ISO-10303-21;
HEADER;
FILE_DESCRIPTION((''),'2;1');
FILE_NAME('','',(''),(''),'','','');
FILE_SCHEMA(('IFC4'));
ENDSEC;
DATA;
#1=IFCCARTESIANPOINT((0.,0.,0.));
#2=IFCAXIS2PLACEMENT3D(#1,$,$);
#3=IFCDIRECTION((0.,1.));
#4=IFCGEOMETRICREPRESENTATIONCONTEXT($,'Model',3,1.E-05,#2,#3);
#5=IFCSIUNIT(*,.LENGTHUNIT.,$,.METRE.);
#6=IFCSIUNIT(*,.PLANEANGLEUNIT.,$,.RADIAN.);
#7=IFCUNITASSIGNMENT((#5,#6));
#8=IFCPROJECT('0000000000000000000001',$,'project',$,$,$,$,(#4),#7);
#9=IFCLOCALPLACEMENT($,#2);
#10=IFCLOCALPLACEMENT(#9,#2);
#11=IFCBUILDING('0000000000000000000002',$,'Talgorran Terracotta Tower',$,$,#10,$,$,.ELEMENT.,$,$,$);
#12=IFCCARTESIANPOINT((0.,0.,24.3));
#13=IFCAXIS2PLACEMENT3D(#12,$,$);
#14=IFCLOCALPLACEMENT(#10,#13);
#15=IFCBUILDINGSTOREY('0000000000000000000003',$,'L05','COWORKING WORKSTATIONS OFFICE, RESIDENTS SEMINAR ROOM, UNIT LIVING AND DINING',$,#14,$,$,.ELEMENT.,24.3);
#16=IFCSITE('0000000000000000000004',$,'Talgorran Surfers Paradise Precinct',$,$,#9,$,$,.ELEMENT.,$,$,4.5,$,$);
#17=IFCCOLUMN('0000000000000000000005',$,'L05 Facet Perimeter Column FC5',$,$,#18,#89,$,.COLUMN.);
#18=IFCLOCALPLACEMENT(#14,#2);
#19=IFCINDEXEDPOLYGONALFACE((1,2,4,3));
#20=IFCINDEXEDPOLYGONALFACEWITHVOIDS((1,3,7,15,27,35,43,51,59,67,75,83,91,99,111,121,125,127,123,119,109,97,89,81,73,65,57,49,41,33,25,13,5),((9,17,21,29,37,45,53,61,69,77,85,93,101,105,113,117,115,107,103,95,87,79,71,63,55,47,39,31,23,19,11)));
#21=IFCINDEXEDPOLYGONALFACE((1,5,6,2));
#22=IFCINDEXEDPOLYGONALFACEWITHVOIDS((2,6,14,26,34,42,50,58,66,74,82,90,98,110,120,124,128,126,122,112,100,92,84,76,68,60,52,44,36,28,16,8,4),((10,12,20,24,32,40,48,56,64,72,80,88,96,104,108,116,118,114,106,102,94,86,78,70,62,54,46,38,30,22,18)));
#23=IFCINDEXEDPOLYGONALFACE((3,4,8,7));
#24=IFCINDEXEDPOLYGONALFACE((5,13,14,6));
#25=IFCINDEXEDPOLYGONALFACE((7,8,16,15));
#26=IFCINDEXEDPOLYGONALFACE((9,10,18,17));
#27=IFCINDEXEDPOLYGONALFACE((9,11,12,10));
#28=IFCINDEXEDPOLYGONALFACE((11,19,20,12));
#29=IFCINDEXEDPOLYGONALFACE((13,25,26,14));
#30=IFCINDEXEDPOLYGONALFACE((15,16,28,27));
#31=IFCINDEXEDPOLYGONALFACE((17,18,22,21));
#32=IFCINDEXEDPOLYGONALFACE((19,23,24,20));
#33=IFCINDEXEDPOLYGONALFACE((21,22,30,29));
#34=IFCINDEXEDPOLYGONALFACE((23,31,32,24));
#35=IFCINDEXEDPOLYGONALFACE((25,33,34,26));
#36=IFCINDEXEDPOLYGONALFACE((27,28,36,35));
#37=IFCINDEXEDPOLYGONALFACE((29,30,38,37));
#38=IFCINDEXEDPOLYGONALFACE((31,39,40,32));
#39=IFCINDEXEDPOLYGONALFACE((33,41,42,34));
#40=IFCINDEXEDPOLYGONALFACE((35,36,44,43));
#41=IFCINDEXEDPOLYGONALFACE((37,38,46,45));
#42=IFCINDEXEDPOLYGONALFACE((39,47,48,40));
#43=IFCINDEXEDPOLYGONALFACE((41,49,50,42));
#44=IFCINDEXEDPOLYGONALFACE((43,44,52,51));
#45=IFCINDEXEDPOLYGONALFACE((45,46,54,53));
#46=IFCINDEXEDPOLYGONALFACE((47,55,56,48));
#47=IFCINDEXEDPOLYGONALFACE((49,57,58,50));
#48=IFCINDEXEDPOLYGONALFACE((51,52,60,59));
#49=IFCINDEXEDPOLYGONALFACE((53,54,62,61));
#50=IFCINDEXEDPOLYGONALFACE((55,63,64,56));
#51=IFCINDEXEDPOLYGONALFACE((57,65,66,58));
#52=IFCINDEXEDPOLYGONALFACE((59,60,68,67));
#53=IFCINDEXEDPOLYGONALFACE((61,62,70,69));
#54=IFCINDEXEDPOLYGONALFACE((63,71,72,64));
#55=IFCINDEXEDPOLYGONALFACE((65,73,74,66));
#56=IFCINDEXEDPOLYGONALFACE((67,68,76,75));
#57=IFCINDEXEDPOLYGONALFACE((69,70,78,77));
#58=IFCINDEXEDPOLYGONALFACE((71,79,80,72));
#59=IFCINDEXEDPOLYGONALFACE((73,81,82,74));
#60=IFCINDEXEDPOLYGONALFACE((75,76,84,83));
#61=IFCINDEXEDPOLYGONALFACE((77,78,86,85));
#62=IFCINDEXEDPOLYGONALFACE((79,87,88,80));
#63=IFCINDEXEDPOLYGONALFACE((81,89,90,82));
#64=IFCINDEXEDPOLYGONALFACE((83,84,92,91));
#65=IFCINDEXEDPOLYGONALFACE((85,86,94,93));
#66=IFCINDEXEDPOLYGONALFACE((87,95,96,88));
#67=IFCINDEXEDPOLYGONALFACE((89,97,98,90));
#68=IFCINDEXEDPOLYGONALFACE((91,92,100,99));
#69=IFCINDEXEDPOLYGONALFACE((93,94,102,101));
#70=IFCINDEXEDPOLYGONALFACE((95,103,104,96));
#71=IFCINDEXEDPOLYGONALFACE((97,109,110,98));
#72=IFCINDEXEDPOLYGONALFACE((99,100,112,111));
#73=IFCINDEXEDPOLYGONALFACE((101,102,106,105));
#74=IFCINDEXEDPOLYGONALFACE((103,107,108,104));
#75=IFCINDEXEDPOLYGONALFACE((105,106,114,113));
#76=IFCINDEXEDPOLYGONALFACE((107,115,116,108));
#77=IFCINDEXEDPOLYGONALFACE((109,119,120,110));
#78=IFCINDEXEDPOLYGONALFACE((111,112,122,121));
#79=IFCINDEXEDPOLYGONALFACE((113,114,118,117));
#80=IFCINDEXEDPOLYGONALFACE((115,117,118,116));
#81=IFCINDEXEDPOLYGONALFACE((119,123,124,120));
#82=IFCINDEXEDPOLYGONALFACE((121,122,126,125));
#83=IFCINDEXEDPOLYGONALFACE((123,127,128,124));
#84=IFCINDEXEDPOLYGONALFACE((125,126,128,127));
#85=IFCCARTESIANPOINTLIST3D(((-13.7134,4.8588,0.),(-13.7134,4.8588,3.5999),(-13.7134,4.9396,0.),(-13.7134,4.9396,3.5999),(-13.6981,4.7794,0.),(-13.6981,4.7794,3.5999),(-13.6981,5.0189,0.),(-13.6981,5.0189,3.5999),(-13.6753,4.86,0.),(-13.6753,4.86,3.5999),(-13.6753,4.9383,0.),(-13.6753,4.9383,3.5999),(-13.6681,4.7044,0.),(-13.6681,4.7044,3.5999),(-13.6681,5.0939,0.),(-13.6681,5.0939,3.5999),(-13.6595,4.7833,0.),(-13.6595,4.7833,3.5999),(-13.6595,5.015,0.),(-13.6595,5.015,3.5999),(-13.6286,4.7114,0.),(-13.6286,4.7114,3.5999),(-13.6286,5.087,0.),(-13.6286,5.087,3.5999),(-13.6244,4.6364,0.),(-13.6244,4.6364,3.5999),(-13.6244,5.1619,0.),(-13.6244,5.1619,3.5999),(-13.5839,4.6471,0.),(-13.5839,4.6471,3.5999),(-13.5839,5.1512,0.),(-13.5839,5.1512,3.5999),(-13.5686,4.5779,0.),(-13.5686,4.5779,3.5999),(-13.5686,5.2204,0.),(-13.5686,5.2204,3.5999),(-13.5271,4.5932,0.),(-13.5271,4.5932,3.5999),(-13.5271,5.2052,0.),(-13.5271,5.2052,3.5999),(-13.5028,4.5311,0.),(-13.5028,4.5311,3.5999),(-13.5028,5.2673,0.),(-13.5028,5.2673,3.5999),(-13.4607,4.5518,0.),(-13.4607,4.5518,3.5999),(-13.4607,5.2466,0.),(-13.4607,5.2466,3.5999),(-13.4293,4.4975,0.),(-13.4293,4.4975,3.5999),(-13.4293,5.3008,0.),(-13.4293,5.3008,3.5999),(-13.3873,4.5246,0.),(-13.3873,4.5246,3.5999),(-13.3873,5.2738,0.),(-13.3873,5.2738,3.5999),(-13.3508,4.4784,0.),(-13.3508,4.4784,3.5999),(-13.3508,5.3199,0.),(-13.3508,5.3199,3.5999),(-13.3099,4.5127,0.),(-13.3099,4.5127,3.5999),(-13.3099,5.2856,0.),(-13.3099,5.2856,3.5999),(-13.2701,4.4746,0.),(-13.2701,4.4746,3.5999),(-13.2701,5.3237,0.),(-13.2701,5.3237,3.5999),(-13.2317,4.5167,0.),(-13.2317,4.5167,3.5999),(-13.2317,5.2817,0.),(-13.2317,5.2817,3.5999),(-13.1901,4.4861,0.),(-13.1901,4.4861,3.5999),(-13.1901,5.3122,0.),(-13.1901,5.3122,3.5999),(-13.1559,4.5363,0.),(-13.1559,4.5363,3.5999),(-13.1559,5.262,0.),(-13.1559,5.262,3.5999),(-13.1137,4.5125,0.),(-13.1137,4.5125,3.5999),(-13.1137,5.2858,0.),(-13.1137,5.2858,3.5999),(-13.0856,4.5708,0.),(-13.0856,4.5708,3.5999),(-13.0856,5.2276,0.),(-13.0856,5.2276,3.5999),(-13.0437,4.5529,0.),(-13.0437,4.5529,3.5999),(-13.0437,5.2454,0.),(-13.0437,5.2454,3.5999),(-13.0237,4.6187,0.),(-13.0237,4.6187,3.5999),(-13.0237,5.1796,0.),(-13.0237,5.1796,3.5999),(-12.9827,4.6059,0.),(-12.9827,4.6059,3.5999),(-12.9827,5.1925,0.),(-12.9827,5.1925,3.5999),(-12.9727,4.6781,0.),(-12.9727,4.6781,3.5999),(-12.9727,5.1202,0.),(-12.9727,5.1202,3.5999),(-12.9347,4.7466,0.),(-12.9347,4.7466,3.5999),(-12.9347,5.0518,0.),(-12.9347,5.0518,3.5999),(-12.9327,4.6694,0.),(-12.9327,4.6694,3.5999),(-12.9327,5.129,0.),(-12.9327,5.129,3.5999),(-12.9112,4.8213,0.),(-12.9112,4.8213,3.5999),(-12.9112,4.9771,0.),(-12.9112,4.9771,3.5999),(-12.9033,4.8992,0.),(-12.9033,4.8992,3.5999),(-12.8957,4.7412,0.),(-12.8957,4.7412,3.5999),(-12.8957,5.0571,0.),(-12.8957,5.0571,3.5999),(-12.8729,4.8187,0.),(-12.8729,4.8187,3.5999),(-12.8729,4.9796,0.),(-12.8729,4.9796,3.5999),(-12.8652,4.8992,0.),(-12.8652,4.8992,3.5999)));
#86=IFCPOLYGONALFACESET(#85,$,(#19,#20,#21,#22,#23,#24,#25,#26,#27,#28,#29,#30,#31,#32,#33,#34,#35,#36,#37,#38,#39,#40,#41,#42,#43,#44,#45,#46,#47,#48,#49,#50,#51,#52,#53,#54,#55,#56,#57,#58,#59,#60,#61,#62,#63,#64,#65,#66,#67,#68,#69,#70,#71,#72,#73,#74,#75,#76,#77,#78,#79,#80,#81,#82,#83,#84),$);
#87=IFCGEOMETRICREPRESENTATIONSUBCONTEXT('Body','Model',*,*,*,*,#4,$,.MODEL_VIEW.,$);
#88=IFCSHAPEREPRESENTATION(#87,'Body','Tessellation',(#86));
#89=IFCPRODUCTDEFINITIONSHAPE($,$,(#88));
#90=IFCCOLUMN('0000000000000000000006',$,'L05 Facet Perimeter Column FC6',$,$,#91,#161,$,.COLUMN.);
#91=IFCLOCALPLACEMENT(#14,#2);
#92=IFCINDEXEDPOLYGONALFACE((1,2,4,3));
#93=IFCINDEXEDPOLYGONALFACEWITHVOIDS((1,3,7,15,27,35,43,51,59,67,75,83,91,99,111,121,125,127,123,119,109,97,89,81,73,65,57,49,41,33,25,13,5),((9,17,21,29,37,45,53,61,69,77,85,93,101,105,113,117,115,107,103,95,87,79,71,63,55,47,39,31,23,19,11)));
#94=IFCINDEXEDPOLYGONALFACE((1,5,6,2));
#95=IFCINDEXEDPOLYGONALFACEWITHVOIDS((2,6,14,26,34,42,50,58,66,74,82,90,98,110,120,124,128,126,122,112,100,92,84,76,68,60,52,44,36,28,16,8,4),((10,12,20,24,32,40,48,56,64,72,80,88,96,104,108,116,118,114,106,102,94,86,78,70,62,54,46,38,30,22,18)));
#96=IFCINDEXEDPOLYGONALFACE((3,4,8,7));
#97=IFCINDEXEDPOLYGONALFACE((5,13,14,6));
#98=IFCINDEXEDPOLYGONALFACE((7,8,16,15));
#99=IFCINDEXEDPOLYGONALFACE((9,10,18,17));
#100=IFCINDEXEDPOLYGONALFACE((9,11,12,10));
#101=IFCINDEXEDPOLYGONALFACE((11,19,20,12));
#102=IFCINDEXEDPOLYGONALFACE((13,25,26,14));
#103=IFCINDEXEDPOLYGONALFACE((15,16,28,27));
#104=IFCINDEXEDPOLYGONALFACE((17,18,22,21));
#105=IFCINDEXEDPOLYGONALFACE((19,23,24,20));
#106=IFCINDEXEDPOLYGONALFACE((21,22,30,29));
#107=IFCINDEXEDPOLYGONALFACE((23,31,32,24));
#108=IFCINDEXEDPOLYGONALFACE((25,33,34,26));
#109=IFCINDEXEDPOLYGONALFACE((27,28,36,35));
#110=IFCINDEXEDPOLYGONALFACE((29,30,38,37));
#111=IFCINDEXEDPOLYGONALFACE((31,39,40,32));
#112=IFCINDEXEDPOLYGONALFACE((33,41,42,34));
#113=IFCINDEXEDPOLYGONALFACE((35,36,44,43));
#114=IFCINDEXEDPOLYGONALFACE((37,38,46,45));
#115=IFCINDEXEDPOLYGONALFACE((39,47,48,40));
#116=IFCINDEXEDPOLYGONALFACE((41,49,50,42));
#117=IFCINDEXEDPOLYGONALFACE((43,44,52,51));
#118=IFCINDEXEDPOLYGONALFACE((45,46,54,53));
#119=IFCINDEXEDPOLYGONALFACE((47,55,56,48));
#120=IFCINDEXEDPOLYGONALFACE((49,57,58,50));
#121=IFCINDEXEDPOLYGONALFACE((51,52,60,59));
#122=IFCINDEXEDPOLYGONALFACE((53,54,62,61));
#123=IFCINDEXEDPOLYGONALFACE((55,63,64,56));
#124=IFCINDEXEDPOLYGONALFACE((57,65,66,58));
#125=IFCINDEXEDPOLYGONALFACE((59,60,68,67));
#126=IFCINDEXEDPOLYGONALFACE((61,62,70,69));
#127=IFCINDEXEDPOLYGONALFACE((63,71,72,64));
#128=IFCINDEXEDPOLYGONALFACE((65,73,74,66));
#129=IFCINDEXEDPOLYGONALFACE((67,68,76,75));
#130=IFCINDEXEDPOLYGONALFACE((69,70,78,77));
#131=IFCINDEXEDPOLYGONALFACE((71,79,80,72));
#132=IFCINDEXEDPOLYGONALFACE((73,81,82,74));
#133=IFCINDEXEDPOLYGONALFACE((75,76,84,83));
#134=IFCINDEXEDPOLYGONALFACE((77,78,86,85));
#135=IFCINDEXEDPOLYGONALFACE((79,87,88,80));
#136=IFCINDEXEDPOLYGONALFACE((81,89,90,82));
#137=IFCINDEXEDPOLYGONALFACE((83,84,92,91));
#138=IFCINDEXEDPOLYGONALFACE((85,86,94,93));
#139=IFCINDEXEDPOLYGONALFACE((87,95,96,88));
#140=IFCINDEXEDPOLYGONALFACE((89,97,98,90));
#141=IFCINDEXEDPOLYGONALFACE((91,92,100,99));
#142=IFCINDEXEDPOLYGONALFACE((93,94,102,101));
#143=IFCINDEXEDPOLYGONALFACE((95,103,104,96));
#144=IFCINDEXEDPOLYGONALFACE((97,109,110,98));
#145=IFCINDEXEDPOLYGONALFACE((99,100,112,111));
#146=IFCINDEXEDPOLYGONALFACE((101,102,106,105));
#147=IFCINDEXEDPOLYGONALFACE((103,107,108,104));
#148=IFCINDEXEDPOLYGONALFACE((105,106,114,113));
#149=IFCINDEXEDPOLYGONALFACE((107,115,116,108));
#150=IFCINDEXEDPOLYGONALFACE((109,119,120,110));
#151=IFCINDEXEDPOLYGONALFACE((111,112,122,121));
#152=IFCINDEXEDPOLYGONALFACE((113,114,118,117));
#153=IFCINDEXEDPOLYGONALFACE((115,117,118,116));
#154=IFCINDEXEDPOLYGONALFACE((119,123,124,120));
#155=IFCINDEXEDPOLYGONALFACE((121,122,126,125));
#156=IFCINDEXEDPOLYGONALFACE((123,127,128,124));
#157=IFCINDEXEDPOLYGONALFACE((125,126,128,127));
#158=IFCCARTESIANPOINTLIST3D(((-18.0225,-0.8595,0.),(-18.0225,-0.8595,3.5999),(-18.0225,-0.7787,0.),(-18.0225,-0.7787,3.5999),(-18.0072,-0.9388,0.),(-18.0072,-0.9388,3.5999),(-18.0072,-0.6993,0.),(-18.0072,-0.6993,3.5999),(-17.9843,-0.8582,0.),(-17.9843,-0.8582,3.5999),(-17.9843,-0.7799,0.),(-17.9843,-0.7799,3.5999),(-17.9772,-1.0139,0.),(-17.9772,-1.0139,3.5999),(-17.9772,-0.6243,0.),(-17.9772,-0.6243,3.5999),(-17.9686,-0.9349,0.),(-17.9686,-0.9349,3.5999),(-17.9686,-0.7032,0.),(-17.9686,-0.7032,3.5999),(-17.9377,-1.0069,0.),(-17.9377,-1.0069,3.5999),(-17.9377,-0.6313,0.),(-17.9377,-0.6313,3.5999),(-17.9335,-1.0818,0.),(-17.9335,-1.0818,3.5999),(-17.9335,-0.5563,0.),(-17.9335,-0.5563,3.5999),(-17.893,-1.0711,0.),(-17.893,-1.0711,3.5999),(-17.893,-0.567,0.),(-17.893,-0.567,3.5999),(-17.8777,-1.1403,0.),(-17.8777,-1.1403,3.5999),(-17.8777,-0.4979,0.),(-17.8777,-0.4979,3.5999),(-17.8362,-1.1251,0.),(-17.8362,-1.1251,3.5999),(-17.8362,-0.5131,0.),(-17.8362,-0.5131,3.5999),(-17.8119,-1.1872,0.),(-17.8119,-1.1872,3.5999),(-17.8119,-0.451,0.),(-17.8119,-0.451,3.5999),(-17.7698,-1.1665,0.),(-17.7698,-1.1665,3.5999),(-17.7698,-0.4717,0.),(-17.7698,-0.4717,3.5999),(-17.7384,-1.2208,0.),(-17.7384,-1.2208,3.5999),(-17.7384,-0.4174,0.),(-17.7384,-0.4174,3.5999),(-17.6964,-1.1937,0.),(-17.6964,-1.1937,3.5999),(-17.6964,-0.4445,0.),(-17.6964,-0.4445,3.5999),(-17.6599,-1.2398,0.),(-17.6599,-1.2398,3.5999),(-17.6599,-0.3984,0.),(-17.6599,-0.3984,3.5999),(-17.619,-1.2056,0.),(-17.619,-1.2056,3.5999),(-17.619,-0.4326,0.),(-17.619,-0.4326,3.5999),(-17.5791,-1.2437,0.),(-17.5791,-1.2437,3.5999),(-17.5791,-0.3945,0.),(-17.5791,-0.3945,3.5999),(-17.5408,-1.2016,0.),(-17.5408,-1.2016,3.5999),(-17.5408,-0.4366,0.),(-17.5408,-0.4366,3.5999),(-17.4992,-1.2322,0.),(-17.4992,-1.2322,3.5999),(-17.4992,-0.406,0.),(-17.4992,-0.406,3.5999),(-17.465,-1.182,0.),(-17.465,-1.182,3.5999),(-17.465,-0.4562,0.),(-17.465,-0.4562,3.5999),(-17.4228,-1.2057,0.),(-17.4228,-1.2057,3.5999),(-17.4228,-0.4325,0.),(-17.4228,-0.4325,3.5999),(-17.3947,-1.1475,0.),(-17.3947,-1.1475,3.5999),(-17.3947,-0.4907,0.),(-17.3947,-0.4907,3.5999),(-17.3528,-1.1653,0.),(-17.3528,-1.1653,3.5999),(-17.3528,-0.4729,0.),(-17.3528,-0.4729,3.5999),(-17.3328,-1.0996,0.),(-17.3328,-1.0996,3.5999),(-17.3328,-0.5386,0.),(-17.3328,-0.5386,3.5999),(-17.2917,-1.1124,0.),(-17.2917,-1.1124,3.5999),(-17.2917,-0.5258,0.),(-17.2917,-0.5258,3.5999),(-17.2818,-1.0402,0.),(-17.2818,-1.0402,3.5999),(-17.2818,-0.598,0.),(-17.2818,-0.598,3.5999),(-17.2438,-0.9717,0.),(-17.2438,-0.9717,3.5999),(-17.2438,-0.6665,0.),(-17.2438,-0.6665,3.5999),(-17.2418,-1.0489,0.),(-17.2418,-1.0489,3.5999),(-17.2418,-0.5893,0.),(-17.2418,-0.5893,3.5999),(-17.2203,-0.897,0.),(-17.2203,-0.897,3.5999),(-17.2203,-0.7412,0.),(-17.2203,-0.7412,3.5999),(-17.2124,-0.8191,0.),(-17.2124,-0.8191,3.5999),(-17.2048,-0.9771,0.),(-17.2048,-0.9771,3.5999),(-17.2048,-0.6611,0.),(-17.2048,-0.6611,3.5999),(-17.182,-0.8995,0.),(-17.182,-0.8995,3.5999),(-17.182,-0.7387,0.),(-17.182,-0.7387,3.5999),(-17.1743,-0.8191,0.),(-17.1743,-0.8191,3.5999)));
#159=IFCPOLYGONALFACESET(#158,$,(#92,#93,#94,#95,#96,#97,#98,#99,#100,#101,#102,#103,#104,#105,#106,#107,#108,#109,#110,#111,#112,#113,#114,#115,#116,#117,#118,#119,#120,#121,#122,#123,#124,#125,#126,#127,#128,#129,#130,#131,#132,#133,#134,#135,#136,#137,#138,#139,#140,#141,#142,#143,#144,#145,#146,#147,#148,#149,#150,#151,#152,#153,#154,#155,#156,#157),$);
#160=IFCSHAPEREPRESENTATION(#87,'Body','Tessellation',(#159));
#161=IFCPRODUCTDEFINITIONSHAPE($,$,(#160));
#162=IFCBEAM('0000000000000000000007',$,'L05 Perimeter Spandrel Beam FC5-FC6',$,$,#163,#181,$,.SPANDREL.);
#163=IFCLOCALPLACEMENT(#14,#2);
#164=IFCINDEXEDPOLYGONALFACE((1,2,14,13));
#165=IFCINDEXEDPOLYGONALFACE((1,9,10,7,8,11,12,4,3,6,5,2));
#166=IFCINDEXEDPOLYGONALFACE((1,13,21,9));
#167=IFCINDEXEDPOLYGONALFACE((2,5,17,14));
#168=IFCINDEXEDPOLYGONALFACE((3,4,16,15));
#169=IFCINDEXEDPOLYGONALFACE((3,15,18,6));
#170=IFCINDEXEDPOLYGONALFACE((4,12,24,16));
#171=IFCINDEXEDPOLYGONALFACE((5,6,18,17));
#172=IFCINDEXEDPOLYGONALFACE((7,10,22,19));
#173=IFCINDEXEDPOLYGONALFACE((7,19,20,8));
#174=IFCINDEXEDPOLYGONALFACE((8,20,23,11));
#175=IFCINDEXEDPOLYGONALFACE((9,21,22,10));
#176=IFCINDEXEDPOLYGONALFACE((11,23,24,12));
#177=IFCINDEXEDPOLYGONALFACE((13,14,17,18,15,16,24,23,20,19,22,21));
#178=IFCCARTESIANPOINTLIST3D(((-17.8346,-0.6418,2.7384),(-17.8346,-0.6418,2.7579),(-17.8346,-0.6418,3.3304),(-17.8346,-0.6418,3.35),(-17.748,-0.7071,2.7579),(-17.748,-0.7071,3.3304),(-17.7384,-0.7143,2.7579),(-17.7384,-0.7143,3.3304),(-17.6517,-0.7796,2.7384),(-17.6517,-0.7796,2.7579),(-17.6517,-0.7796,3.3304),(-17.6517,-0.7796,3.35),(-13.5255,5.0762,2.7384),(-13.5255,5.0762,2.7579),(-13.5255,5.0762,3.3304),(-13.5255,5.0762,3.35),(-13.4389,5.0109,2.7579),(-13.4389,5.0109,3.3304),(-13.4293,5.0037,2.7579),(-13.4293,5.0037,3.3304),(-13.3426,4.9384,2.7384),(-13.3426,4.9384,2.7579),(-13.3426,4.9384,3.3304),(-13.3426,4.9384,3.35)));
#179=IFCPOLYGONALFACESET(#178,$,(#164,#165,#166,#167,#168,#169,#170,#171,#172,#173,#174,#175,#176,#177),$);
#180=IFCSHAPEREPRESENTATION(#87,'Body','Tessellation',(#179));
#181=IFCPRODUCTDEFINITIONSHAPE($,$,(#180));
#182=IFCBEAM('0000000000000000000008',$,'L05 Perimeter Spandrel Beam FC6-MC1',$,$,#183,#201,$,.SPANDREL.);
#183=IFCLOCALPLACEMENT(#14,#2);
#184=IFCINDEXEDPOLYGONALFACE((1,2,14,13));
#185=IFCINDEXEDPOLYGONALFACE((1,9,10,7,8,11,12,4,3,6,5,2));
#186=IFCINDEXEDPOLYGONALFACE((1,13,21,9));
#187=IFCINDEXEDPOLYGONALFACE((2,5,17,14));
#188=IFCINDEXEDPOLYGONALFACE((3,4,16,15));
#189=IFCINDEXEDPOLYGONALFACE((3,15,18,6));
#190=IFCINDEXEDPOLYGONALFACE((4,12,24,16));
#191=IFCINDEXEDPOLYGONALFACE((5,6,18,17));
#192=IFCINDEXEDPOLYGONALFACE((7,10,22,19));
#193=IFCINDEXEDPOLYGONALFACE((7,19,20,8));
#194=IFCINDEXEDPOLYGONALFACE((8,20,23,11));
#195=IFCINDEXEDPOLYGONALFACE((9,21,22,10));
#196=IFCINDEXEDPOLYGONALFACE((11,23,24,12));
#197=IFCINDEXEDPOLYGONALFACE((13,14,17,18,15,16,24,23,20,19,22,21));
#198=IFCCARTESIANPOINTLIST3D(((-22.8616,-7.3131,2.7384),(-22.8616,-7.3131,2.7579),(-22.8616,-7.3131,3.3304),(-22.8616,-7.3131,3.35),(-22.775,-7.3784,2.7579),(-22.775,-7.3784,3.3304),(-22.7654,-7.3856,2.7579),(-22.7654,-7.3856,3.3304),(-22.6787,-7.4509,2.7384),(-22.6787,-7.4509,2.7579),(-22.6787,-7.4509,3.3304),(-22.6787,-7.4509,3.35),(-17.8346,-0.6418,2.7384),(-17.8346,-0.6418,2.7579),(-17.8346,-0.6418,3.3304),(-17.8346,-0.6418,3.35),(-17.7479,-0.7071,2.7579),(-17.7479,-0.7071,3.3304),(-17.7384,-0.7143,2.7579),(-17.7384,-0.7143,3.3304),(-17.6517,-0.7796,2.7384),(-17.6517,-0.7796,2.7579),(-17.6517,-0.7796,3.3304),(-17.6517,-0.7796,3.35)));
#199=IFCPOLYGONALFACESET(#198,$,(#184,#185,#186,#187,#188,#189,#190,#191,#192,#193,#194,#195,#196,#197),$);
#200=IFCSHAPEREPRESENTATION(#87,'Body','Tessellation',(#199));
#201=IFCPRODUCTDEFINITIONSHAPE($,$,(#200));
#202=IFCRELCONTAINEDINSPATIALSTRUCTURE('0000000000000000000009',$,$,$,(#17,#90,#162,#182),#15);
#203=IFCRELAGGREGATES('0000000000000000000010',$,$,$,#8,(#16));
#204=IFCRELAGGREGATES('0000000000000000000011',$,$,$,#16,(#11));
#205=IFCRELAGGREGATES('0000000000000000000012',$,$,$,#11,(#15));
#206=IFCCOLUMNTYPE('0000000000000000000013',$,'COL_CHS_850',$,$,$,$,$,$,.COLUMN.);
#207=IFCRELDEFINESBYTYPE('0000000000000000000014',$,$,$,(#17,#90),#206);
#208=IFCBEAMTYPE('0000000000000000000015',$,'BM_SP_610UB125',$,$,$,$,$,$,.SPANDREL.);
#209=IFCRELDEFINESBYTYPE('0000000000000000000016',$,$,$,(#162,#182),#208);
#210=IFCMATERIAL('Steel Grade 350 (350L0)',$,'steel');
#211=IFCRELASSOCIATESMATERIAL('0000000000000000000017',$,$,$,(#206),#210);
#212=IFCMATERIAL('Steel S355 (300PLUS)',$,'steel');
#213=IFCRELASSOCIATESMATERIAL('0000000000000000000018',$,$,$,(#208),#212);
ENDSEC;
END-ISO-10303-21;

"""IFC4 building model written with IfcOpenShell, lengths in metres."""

from ifc_helpers import new_model, si_unit, direction, frame, origin, origin_2d, place, context, subcontext, project, spatial, hollow_circle, i_section, extrude, material, material_profile, profile_set, type_object, element, save


model = new_model("IFC4")

# Units and contexts
model_context = context("Model", 3, precision=1e-05, world=origin(), true_north=direction((0.0, 1.0)))
body_context = subcontext(model_context, "Body", "Model", "MODEL_VIEW")
ifc_project = project(units=[si_unit("LENGTHUNIT", "METRE"), si_unit("PLANEANGLEUNIT", "RADIAN")], contexts=[model_context])

# Site, building, storey
site_placement = place(None, origin())
site = spatial("IfcSite", under=ifc_project, at=site_placement, Name="Talgorran Surfers Paradise Precinct", CompositionType="ELEMENT", RefElevation=4.5)
building_placement = place(site_placement, origin())
building = spatial("IfcBuilding", under=site, at=building_placement, Name="Talgorran Terracotta Tower", CompositionType="ELEMENT")
storey_placement = place(building_placement, frame((0.0, 0.0, 24.3)))
storey = spatial("IfcBuildingStorey", under=building, at=storey_placement, Name="L05", Description="COWORKING WORKSTATIONS OFFICE, RESIDENTS SEMINAR ROOM, UNIT LIVING AND DINING", CompositionType="ELEMENT", Elevation=24.3)

# Columns
ifc_material_1 = material(Name="Steel Grade 350 (350L0)", Category="steel")
ifc_material_profile_1 = material_profile(ifc_material_1, hollow_circle(Radius=0.425, WallThickness=0.0381, at=origin_2d()), Name="CHS850X38")
ifc_profile_set_1 = profile_set([ifc_material_profile_1], Name="Steel Grade 350 (350L0)")
column_type = type_object("IfcColumnType", Name="COL_CHS_850", PredefinedType="COLUMN", material=ifc_profile_set_1)
for number, where, z_axis, x_axis, name in (
    (1, (-13.2903, 4.8992, 0.0), (0.0, 0.0, 1.0), (1.0, 0.0, 0.0), "L05 Facet Perimeter Column FC5"),
    (2, (-17.5994, -0.8191, 0.0), (0.0, 0.0, 1.0), (1.0, 0.0, 0.0), "L05 Facet Perimeter Column FC6"),
):
    element("IfcColumn", number, at=place(storey_placement, frame(where, z_axis=z_axis, x_axis=x_axis)), inside=storey, type_object=column_type, Name=name, PredefinedType="COLUMN", context=body_context, shape_type="SweptSolid", body=[
        extrude(hollow_circle(Radius=0.425, WallThickness=0.0381, at=origin_2d()), origin(), (0.0, 0.0, 1.0), 3.5999),
    ])

# Beams
ifc_material_2 = material(Name="Steel S355 (300PLUS)", Category="steel")
ifc_material_profile_2 = material_profile(ifc_material_2, i_section(OverallWidth=0.229, OverallDepth=0.6116, WebThickness=0.012, FlangeThickness=0.0195, at=origin_2d()), Name="610UB125")
ifc_profile_set_2 = profile_set([ifc_material_profile_2], Name="Steel S355 (300PLUS)")
beam_type = type_object("IfcBeamType", Name="BM_SP_610UB125", PredefinedType="SPANDREL", material=ifc_profile_set_2)
beam_1_placement = place(storey_placement, frame((-13.4341, 5.0073, 3.0442), z_axis=(-0.601837, -0.798619, 0.0), x_axis=(0.798619, -0.601837, 0.0)))
element("IfcBeam", 3, at=beam_1_placement, inside=storey, type_object=beam_type, Name="L05 Perimeter Spandrel Beam FC5-FC6", PredefinedType="SPANDREL", context=body_context, shape_type="SweptSolid", body=[
    extrude(i_section(OverallWidth=0.229, OverallDepth=0.6116, WebThickness=0.012, FlangeThickness=0.0195, at=origin_2d()), origin(), (0.0, 0.0, 1.0), 7.1599),
])
beam_2_placement = place(storey_placement, frame((-17.7432, -0.7107, 3.0442), z_axis=(-0.601804, -0.798644, 0.0), x_axis=(0.798644, -0.601804, 0.0)))
element("IfcBeam", 4, at=beam_2_placement, inside=storey, type_object=beam_type, Name="L05 Perimeter Spandrel Beam FC6-MC1", PredefinedType="SPANDREL", context=body_context, shape_type="SweptSolid", body=[
    extrude(i_section(OverallWidth=0.229, OverallDepth=0.6116, WebThickness=0.012, FlangeThickness=0.0195, at=origin_2d()), origin(), (0.0, 0.0, 1.0), 8.3533),
])

save(model, "model.ifc")
